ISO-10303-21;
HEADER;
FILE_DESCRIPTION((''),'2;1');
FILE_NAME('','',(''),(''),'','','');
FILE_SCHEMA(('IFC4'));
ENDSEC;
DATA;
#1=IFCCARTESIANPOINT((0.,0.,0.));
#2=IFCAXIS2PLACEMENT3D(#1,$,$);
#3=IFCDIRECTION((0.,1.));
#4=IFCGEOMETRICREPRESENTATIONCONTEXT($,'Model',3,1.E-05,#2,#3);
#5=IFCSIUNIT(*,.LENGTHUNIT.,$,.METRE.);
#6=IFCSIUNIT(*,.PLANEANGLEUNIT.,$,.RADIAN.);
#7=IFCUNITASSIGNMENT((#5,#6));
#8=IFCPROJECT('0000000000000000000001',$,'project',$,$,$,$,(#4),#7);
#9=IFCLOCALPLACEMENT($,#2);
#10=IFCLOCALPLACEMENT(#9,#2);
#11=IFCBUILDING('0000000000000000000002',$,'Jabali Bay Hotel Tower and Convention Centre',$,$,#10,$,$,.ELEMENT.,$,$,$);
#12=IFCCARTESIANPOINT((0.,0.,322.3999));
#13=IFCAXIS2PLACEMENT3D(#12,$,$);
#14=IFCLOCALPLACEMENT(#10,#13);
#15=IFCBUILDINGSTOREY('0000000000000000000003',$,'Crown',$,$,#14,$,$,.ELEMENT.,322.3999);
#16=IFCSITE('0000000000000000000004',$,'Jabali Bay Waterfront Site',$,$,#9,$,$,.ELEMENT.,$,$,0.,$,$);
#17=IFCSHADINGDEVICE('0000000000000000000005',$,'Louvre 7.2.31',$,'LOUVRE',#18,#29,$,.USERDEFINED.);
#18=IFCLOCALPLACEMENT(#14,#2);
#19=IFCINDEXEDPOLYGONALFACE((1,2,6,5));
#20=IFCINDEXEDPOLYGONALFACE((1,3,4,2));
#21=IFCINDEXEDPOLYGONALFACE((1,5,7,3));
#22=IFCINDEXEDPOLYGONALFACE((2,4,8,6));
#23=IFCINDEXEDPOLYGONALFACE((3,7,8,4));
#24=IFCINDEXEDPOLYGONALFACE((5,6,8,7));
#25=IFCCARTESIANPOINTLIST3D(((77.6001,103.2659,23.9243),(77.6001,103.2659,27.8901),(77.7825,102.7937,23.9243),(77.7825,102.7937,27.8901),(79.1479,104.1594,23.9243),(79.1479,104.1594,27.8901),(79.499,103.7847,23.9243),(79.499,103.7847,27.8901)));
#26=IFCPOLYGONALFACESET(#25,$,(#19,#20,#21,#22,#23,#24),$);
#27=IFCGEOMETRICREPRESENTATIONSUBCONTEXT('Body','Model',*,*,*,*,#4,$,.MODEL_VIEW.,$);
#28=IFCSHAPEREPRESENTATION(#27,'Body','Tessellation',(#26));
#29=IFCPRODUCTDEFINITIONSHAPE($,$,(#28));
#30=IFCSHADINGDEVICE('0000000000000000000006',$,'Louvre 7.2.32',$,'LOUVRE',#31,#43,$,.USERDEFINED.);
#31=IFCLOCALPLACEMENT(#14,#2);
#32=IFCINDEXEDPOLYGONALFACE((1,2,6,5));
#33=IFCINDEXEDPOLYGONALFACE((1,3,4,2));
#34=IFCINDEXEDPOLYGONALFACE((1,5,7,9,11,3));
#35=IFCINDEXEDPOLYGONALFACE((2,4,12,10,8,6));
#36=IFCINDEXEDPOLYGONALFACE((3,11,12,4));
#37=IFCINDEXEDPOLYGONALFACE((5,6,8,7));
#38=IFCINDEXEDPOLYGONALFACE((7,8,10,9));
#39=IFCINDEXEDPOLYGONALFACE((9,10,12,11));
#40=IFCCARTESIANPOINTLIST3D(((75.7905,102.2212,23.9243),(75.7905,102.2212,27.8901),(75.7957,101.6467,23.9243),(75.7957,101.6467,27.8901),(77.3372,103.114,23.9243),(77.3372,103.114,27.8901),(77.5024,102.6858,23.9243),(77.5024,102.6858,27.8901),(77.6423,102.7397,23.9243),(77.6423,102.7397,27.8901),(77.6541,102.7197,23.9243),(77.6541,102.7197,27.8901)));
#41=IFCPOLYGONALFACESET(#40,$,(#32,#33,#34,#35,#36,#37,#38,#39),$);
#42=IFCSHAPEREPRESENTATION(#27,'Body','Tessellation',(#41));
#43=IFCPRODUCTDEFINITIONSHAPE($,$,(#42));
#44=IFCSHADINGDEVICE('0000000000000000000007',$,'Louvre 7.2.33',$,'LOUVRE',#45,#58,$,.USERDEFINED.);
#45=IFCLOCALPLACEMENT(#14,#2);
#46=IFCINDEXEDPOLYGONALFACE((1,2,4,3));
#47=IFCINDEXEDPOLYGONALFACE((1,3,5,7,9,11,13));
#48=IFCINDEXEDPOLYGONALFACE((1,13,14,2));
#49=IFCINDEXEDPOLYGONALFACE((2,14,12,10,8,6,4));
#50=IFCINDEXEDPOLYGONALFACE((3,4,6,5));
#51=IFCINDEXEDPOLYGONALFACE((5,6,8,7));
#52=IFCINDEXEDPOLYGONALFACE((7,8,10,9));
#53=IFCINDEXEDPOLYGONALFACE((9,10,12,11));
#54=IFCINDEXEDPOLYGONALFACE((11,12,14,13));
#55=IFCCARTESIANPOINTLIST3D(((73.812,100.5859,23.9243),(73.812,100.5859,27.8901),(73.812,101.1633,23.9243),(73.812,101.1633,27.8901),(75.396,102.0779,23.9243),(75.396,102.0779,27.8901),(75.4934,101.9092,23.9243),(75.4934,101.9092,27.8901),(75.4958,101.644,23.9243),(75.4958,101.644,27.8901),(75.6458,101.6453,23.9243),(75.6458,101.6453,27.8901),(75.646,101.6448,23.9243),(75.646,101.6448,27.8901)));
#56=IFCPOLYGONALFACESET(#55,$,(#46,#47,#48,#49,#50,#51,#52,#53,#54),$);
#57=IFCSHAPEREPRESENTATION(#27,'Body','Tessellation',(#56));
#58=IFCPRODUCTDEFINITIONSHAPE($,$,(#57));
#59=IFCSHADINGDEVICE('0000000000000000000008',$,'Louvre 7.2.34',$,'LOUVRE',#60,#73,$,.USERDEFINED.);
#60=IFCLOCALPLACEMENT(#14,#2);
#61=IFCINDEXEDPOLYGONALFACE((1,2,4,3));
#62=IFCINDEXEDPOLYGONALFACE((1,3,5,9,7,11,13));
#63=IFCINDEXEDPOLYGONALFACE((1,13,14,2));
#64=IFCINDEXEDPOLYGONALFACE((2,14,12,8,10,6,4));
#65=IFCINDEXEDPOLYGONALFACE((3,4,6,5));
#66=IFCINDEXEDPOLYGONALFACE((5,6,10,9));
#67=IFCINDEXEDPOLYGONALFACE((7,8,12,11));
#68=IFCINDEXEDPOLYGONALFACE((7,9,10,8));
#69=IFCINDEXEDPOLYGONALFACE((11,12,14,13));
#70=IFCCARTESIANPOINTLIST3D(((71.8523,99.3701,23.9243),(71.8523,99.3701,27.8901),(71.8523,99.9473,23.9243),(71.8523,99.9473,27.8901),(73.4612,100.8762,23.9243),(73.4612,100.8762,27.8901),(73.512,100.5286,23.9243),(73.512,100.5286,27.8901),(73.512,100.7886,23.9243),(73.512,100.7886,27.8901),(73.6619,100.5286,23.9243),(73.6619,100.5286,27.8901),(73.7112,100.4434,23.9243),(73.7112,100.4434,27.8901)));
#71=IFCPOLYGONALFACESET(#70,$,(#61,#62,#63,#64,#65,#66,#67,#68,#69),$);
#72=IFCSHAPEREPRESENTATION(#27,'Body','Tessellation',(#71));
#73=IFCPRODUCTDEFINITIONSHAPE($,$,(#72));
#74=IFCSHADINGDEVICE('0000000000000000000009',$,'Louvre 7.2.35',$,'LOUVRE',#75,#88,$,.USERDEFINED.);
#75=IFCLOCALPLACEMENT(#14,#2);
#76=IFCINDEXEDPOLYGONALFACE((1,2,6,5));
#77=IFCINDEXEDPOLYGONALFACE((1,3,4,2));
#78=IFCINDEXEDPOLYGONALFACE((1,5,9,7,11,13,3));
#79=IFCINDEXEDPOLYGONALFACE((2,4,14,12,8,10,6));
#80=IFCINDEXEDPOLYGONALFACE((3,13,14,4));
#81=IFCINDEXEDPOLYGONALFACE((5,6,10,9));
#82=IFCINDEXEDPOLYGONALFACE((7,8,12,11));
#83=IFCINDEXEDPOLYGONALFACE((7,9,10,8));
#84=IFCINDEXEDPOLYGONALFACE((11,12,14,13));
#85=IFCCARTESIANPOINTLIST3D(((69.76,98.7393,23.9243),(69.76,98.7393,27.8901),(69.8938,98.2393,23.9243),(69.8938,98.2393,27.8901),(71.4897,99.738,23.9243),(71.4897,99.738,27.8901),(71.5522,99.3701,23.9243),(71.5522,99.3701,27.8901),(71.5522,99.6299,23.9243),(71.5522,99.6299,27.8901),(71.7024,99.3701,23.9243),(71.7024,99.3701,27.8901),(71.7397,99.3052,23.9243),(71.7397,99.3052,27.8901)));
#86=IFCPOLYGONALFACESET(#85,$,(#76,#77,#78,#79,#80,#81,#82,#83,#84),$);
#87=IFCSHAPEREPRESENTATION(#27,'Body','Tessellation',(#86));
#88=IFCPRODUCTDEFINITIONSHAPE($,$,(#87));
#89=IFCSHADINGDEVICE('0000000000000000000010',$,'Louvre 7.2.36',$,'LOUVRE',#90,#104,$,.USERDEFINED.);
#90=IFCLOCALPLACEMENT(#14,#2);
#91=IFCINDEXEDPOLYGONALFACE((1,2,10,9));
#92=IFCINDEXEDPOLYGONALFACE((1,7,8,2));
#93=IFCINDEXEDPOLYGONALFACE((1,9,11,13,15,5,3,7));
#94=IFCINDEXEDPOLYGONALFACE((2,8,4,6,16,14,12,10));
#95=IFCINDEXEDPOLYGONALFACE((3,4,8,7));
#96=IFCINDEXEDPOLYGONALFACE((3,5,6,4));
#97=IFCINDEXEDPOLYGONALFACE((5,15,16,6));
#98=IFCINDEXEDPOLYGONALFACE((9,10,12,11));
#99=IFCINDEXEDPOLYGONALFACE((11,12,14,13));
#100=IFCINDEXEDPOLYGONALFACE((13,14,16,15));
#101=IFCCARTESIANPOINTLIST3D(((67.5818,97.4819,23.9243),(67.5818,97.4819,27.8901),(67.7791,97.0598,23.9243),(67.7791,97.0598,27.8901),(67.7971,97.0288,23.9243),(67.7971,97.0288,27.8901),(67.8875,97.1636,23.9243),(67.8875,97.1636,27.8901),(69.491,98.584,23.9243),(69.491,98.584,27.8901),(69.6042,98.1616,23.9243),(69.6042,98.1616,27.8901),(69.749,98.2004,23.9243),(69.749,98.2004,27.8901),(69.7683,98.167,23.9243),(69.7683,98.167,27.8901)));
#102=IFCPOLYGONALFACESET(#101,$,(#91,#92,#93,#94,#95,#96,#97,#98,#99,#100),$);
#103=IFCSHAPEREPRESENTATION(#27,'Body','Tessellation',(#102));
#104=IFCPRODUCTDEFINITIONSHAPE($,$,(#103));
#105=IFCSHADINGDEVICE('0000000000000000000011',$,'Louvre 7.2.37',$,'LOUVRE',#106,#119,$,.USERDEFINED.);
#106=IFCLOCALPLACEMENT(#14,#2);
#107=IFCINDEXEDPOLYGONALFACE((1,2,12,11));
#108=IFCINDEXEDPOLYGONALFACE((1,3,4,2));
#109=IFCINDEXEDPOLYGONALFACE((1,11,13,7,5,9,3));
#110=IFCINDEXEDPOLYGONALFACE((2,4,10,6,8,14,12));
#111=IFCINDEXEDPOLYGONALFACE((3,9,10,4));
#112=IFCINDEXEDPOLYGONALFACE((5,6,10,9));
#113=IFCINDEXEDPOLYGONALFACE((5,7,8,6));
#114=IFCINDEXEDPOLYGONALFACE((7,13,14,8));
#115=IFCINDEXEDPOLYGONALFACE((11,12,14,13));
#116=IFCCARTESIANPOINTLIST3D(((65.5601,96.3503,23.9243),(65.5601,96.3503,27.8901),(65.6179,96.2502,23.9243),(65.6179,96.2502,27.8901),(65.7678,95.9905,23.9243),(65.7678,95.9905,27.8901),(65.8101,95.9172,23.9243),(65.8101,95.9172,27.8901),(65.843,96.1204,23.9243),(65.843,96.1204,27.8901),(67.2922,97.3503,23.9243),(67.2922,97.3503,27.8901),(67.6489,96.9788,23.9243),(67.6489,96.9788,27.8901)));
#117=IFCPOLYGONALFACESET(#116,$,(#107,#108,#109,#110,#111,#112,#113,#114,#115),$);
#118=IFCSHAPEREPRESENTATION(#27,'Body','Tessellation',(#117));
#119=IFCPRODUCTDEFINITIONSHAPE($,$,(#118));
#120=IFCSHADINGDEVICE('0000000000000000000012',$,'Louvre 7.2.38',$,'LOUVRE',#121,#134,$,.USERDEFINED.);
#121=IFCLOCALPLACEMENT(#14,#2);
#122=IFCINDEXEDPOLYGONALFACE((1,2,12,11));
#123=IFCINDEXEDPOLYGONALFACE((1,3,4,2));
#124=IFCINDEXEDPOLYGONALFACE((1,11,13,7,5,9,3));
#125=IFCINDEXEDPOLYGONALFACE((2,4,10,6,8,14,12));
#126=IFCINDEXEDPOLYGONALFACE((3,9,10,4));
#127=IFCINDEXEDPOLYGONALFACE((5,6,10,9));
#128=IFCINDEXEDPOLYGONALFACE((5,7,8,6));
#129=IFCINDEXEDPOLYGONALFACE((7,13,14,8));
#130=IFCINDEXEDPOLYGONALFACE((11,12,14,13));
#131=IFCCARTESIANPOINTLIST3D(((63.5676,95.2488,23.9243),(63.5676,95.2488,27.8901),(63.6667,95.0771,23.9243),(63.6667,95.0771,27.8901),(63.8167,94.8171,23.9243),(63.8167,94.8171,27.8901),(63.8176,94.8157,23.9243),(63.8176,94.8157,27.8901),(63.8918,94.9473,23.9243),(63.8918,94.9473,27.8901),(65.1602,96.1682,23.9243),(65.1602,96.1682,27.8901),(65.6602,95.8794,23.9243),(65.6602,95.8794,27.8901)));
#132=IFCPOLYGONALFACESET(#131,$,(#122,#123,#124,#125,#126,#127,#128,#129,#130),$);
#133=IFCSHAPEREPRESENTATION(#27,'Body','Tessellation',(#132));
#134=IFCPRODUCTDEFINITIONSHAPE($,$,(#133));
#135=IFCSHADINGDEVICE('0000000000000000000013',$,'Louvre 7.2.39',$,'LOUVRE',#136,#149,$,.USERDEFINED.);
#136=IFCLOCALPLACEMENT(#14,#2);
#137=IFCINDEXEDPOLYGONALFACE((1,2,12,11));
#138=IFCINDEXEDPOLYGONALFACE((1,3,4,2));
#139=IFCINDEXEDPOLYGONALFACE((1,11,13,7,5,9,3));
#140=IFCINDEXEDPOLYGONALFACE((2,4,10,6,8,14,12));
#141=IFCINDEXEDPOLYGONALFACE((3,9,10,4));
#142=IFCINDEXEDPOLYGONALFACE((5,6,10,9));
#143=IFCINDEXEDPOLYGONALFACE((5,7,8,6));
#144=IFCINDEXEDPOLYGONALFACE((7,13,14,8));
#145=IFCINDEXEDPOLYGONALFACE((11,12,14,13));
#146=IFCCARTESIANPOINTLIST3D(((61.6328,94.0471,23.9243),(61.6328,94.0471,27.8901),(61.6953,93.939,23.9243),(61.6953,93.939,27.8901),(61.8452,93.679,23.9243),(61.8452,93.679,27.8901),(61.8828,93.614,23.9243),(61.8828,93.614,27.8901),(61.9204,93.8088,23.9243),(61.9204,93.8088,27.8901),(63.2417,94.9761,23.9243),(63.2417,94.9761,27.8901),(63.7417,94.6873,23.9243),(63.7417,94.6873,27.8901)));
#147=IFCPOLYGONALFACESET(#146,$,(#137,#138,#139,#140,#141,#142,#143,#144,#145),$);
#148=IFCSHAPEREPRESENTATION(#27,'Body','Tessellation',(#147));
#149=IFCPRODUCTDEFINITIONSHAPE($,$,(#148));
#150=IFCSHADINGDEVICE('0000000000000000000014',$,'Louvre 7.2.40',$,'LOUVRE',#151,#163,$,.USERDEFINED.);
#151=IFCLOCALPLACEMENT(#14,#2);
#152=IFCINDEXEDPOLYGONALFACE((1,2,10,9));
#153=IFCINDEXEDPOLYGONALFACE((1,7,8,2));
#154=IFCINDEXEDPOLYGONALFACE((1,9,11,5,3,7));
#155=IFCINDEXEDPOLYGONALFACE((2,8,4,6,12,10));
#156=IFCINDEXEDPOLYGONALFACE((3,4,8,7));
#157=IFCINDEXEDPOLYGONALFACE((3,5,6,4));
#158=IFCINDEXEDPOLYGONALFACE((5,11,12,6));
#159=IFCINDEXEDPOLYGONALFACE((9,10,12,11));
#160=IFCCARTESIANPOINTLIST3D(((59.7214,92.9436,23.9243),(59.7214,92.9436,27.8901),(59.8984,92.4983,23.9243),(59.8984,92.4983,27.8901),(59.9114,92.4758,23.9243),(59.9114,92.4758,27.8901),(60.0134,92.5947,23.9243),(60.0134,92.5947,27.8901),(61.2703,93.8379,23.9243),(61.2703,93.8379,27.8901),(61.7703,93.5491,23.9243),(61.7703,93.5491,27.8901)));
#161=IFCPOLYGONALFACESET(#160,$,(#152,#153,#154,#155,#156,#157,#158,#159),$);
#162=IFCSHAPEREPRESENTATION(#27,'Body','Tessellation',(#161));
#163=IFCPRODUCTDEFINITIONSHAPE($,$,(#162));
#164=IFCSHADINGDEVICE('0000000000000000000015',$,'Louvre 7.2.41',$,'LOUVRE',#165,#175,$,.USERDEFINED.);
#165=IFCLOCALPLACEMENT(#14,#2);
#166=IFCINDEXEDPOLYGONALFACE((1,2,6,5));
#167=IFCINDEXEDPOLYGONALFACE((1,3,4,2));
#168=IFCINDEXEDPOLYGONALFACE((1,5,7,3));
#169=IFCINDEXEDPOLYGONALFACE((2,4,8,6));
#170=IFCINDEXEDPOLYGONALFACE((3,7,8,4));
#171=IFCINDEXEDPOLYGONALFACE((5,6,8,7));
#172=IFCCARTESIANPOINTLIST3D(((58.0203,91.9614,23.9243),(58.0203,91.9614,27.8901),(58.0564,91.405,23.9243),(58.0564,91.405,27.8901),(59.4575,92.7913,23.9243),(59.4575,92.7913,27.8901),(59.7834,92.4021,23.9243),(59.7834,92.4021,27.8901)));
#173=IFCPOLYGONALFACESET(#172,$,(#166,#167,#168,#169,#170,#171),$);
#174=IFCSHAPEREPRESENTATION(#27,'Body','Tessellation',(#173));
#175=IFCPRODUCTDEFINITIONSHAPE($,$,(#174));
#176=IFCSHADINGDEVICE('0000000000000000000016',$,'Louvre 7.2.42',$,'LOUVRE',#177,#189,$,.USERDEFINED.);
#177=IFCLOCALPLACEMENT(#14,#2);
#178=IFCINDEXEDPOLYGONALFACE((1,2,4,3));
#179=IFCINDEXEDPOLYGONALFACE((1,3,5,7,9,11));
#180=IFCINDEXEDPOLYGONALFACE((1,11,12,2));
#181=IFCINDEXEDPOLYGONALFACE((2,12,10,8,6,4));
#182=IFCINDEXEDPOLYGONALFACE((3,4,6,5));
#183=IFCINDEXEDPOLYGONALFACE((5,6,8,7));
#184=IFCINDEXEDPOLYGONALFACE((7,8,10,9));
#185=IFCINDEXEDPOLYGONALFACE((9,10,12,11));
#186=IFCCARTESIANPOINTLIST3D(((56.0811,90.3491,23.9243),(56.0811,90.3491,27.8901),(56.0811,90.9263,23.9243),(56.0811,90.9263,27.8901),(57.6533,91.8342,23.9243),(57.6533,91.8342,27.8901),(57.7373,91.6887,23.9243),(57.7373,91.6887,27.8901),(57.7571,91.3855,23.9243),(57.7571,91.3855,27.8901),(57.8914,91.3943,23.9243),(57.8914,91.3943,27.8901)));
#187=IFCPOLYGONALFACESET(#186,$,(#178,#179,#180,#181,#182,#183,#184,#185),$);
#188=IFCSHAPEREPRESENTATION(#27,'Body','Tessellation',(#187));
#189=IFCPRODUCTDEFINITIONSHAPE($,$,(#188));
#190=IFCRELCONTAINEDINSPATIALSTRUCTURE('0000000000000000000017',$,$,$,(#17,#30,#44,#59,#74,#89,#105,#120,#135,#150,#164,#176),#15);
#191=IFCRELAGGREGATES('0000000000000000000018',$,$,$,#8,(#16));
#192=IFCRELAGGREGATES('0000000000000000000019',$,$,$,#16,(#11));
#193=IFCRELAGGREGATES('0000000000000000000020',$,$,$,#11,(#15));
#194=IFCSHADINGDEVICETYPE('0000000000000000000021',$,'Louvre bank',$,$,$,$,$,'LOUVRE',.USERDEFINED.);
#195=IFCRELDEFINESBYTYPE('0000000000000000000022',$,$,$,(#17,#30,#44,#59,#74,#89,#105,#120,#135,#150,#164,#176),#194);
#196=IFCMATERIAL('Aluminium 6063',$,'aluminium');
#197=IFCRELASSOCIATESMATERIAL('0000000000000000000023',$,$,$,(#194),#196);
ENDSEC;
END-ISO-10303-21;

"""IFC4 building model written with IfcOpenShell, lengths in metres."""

from ifc_helpers import new_model, si_unit, direction, frame, origin, place, context, subcontext, project, spatial, polyline, outline, extrude, material, type_object, element, save


model = new_model("IFC4")

# Units and contexts
model_context = context("Model", 3, precision=1e-05, world=origin(), true_north=direction((0.0, 1.0)))
body_context = subcontext(model_context, "Body", "Model", "MODEL_VIEW")
ifc_project = project(units=[si_unit("LENGTHUNIT", "METRE"), si_unit("PLANEANGLEUNIT", "RADIAN")], contexts=[model_context])

# Site, building, storey
site_placement = place(None, origin())
site = spatial("IfcSite", under=ifc_project, at=site_placement, Name="Jabali Bay Waterfront Site", CompositionType="ELEMENT", RefElevation=0.0)
building_placement = place(site_placement, origin())
building = spatial("IfcBuilding", under=site, at=building_placement, Name="Jabali Bay Hotel Tower and Convention Centre", CompositionType="ELEMENT")
storey_placement = place(building_placement, frame((0.0, 0.0, 322.3999)))
storey = spatial("IfcBuildingStorey", under=building, at=storey_placement, Name="Crown", CompositionType="ELEMENT", Elevation=322.3999)

# Shading devices
ifc_material = material(Name="Aluminium 6063", Category="aluminium")
shading_device_type = type_object("IfcShadingDeviceType", Name="Louvre bank", ElementType="LOUVRE", PredefinedType="USERDEFINED", material=ifc_material)
shading_device_1_placement = place(storey_placement, frame((0.0, 0.0, 23.9243)))
element("IfcShadingDevice", 1, at=shading_device_1_placement, inside=storey, type_object=shading_device_type, Name="Louvre 7.2.31", ObjectType="LOUVRE", PredefinedType="USERDEFINED", context=body_context, shape_type="SweptSolid", body=[
    extrude(outline(polyline([(77.7825, 102.7937), (79.499, 103.7847), (79.1479, 104.1594), (77.6001, 103.2659), (77.7825, 102.7937)])), origin(), (0.0, 0.0, 1.0), 3.9658),
])
shading_device_2_placement = place(storey_placement, frame((0.0, 0.0, 23.9243)))
element("IfcShadingDevice", 2, at=shading_device_2_placement, inside=storey, type_object=shading_device_type, Name="Louvre 7.2.32", ObjectType="LOUVRE", PredefinedType="USERDEFINED", context=body_context, shape_type="SweptSolid", body=[
    extrude(outline(polyline([(75.7957, 101.6467), (77.6541, 102.7197), (77.6423, 102.7397), (77.5024, 102.6858), (77.3372, 103.114), (75.7905, 102.2212), (75.7957, 101.6467)])), origin(), (0.0, 0.0, 1.0), 3.9658),
])
shading_device_3_placement = place(storey_placement, frame((0.0, 0.0, 23.9243)))
element("IfcShadingDevice", 3, at=shading_device_3_placement, inside=storey, type_object=shading_device_type, Name="Louvre 7.2.33", ObjectType="LOUVRE", PredefinedType="USERDEFINED", context=body_context, shape_type="SweptSolid", body=[
    extrude(outline(polyline([(73.812, 100.5859), (75.646, 101.6448), (75.6458, 101.6453), (75.4958, 101.644), (75.4934, 101.9092), (75.396, 102.0779), (73.812, 101.1633), (73.812, 100.5859)])), origin(), (0.0, 0.0, 1.0), 3.9658),
])
shading_device_4_placement = place(storey_placement, frame((0.0, 0.0, 23.9243)))
element("IfcShadingDevice", 4, at=shading_device_4_placement, inside=storey, type_object=shading_device_type, Name="Louvre 7.2.34", ObjectType="LOUVRE", PredefinedType="USERDEFINED", context=body_context, shape_type="SweptSolid", body=[
    extrude(outline(polyline([(71.8523, 99.3701), (73.7112, 100.4434), (73.6619, 100.5286), (73.512, 100.5286), (73.512, 100.7886), (73.4612, 100.8762), (71.8523, 99.9473), (71.8523, 99.3701)])), origin(), (0.0, 0.0, 1.0), 3.9658),
])
shading_device_5_placement = place(storey_placement, frame((0.0, 0.0, 23.9243)))
element("IfcShadingDevice", 5, at=shading_device_5_placement, inside=storey, type_object=shading_device_type, Name="Louvre 7.2.35", ObjectType="LOUVRE", PredefinedType="USERDEFINED", context=body_context, shape_type="SweptSolid", body=[
    extrude(outline(polyline([(69.8938, 98.2393), (71.7397, 99.3052), (71.7024, 99.3701), (71.5522, 99.3701), (71.5522, 99.6299), (71.4897, 99.738), (69.76, 98.7393), (69.8938, 98.2393)])), origin(), (0.0, 0.0, 1.0), 3.9658),
])
shading_device_6_placement = place(storey_placement, frame((0.0, 0.0, 23.9243)))
element("IfcShadingDevice", 6, at=shading_device_6_placement, inside=storey, type_object=shading_device_type, Name="Louvre 7.2.36", ObjectType="LOUVRE", PredefinedType="USERDEFINED", context=body_context, shape_type="SweptSolid", body=[
    extrude(outline(polyline([(67.7971, 97.0288), (69.7683, 98.167), (69.749, 98.2004), (69.6042, 98.1616), (69.491, 98.584), (67.5818, 97.4819), (67.8875, 97.1636), (67.7791, 97.0598), (67.7971, 97.0288)])), origin(), (0.0, 0.0, 1.0), 3.9658),
])
shading_device_7_placement = place(storey_placement, frame((0.0, 0.0, 23.9243)))
element("IfcShadingDevice", 7, at=shading_device_7_placement, inside=storey, type_object=shading_device_type, Name="Louvre 7.2.37", ObjectType="LOUVRE", PredefinedType="USERDEFINED", context=body_context, shape_type="SweptSolid", body=[
    extrude(outline(polyline([(65.8101, 95.9172), (67.6489, 96.9788), (67.2922, 97.3503), (65.5601, 96.3503), (65.6179, 96.2502), (65.843, 96.1204), (65.7678, 95.9905), (65.8101, 95.9172)])), origin(), (0.0, 0.0, 1.0), 3.9658),
])
shading_device_8_placement = place(storey_placement, frame((0.0, 0.0, 23.9243)))
element("IfcShadingDevice", 8, at=shading_device_8_placement, inside=storey, type_object=shading_device_type, Name="Louvre 7.2.38", ObjectType="LOUVRE", PredefinedType="USERDEFINED", context=body_context, shape_type="SweptSolid", body=[
    extrude(outline(polyline([(63.8176, 94.8157), (65.6602, 95.8794), (65.1602, 96.1682), (63.5676, 95.2488), (63.6667, 95.0771), (63.8918, 94.9473), (63.8167, 94.8171), (63.8176, 94.8157)])), origin(), (0.0, 0.0, 1.0), 3.9658),
])
shading_device_9_placement = place(storey_placement, frame((0.0, 0.0, 23.9243)))
element("IfcShadingDevice", 9, at=shading_device_9_placement, inside=storey, type_object=shading_device_type, Name="Louvre 7.2.39", ObjectType="LOUVRE", PredefinedType="USERDEFINED", context=body_context, shape_type="SweptSolid", body=[
    extrude(outline(polyline([(61.8828, 93.614), (63.7417, 94.6873), (63.2417, 94.9761), (61.6328, 94.0471), (61.6953, 93.939), (61.9204, 93.8088), (61.8452, 93.679), (61.8828, 93.614)])), origin(), (0.0, 0.0, 1.0), 3.9658),
])
shading_device_10_placement = place(storey_placement, frame((0.0, 0.0, 23.9243)))
element("IfcShadingDevice", 10, at=shading_device_10_placement, inside=storey, type_object=shading_device_type, Name="Louvre 7.2.40", ObjectType="LOUVRE", PredefinedType="USERDEFINED", context=body_context, shape_type="SweptSolid", body=[
    extrude(outline(polyline([(59.9114, 92.4758), (61.7703, 93.5491), (61.2703, 93.8379), (59.7214, 92.9436), (60.0134, 92.5947), (59.8984, 92.4983), (59.9114, 92.4758)])), origin(), (0.0, 0.0, 1.0), 3.9658),
])
shading_device_11_placement = place(storey_placement, frame((0.0, 0.0, 23.9243)))
element("IfcShadingDevice", 11, at=shading_device_11_placement, inside=storey, type_object=shading_device_type, Name="Louvre 7.2.41", ObjectType="LOUVRE", PredefinedType="USERDEFINED", context=body_context, shape_type="SweptSolid", body=[
    extrude(outline(polyline([(58.0564, 91.405), (59.7834, 92.4021), (59.4575, 92.7913), (58.0203, 91.9614), (58.0564, 91.405)])), origin(), (0.0, 0.0, 1.0), 3.9658),
])
shading_device_12_placement = place(storey_placement, frame((0.0, 0.0, 23.9243)))
element("IfcShadingDevice", 12, at=shading_device_12_placement, inside=storey, type_object=shading_device_type, Name="Louvre 7.2.42", ObjectType="LOUVRE", PredefinedType="USERDEFINED", context=body_context, shape_type="SweptSolid", body=[
    extrude(outline(polyline([(56.0811, 90.3491), (57.8914, 91.3943), (57.7571, 91.3855), (57.7373, 91.6887), (57.6533, 91.8342), (56.0811, 90.9263), (56.0811, 90.3491)])), origin(), (0.0, 0.0, 1.0), 3.9658),
])

save(model, "model.ifc")
